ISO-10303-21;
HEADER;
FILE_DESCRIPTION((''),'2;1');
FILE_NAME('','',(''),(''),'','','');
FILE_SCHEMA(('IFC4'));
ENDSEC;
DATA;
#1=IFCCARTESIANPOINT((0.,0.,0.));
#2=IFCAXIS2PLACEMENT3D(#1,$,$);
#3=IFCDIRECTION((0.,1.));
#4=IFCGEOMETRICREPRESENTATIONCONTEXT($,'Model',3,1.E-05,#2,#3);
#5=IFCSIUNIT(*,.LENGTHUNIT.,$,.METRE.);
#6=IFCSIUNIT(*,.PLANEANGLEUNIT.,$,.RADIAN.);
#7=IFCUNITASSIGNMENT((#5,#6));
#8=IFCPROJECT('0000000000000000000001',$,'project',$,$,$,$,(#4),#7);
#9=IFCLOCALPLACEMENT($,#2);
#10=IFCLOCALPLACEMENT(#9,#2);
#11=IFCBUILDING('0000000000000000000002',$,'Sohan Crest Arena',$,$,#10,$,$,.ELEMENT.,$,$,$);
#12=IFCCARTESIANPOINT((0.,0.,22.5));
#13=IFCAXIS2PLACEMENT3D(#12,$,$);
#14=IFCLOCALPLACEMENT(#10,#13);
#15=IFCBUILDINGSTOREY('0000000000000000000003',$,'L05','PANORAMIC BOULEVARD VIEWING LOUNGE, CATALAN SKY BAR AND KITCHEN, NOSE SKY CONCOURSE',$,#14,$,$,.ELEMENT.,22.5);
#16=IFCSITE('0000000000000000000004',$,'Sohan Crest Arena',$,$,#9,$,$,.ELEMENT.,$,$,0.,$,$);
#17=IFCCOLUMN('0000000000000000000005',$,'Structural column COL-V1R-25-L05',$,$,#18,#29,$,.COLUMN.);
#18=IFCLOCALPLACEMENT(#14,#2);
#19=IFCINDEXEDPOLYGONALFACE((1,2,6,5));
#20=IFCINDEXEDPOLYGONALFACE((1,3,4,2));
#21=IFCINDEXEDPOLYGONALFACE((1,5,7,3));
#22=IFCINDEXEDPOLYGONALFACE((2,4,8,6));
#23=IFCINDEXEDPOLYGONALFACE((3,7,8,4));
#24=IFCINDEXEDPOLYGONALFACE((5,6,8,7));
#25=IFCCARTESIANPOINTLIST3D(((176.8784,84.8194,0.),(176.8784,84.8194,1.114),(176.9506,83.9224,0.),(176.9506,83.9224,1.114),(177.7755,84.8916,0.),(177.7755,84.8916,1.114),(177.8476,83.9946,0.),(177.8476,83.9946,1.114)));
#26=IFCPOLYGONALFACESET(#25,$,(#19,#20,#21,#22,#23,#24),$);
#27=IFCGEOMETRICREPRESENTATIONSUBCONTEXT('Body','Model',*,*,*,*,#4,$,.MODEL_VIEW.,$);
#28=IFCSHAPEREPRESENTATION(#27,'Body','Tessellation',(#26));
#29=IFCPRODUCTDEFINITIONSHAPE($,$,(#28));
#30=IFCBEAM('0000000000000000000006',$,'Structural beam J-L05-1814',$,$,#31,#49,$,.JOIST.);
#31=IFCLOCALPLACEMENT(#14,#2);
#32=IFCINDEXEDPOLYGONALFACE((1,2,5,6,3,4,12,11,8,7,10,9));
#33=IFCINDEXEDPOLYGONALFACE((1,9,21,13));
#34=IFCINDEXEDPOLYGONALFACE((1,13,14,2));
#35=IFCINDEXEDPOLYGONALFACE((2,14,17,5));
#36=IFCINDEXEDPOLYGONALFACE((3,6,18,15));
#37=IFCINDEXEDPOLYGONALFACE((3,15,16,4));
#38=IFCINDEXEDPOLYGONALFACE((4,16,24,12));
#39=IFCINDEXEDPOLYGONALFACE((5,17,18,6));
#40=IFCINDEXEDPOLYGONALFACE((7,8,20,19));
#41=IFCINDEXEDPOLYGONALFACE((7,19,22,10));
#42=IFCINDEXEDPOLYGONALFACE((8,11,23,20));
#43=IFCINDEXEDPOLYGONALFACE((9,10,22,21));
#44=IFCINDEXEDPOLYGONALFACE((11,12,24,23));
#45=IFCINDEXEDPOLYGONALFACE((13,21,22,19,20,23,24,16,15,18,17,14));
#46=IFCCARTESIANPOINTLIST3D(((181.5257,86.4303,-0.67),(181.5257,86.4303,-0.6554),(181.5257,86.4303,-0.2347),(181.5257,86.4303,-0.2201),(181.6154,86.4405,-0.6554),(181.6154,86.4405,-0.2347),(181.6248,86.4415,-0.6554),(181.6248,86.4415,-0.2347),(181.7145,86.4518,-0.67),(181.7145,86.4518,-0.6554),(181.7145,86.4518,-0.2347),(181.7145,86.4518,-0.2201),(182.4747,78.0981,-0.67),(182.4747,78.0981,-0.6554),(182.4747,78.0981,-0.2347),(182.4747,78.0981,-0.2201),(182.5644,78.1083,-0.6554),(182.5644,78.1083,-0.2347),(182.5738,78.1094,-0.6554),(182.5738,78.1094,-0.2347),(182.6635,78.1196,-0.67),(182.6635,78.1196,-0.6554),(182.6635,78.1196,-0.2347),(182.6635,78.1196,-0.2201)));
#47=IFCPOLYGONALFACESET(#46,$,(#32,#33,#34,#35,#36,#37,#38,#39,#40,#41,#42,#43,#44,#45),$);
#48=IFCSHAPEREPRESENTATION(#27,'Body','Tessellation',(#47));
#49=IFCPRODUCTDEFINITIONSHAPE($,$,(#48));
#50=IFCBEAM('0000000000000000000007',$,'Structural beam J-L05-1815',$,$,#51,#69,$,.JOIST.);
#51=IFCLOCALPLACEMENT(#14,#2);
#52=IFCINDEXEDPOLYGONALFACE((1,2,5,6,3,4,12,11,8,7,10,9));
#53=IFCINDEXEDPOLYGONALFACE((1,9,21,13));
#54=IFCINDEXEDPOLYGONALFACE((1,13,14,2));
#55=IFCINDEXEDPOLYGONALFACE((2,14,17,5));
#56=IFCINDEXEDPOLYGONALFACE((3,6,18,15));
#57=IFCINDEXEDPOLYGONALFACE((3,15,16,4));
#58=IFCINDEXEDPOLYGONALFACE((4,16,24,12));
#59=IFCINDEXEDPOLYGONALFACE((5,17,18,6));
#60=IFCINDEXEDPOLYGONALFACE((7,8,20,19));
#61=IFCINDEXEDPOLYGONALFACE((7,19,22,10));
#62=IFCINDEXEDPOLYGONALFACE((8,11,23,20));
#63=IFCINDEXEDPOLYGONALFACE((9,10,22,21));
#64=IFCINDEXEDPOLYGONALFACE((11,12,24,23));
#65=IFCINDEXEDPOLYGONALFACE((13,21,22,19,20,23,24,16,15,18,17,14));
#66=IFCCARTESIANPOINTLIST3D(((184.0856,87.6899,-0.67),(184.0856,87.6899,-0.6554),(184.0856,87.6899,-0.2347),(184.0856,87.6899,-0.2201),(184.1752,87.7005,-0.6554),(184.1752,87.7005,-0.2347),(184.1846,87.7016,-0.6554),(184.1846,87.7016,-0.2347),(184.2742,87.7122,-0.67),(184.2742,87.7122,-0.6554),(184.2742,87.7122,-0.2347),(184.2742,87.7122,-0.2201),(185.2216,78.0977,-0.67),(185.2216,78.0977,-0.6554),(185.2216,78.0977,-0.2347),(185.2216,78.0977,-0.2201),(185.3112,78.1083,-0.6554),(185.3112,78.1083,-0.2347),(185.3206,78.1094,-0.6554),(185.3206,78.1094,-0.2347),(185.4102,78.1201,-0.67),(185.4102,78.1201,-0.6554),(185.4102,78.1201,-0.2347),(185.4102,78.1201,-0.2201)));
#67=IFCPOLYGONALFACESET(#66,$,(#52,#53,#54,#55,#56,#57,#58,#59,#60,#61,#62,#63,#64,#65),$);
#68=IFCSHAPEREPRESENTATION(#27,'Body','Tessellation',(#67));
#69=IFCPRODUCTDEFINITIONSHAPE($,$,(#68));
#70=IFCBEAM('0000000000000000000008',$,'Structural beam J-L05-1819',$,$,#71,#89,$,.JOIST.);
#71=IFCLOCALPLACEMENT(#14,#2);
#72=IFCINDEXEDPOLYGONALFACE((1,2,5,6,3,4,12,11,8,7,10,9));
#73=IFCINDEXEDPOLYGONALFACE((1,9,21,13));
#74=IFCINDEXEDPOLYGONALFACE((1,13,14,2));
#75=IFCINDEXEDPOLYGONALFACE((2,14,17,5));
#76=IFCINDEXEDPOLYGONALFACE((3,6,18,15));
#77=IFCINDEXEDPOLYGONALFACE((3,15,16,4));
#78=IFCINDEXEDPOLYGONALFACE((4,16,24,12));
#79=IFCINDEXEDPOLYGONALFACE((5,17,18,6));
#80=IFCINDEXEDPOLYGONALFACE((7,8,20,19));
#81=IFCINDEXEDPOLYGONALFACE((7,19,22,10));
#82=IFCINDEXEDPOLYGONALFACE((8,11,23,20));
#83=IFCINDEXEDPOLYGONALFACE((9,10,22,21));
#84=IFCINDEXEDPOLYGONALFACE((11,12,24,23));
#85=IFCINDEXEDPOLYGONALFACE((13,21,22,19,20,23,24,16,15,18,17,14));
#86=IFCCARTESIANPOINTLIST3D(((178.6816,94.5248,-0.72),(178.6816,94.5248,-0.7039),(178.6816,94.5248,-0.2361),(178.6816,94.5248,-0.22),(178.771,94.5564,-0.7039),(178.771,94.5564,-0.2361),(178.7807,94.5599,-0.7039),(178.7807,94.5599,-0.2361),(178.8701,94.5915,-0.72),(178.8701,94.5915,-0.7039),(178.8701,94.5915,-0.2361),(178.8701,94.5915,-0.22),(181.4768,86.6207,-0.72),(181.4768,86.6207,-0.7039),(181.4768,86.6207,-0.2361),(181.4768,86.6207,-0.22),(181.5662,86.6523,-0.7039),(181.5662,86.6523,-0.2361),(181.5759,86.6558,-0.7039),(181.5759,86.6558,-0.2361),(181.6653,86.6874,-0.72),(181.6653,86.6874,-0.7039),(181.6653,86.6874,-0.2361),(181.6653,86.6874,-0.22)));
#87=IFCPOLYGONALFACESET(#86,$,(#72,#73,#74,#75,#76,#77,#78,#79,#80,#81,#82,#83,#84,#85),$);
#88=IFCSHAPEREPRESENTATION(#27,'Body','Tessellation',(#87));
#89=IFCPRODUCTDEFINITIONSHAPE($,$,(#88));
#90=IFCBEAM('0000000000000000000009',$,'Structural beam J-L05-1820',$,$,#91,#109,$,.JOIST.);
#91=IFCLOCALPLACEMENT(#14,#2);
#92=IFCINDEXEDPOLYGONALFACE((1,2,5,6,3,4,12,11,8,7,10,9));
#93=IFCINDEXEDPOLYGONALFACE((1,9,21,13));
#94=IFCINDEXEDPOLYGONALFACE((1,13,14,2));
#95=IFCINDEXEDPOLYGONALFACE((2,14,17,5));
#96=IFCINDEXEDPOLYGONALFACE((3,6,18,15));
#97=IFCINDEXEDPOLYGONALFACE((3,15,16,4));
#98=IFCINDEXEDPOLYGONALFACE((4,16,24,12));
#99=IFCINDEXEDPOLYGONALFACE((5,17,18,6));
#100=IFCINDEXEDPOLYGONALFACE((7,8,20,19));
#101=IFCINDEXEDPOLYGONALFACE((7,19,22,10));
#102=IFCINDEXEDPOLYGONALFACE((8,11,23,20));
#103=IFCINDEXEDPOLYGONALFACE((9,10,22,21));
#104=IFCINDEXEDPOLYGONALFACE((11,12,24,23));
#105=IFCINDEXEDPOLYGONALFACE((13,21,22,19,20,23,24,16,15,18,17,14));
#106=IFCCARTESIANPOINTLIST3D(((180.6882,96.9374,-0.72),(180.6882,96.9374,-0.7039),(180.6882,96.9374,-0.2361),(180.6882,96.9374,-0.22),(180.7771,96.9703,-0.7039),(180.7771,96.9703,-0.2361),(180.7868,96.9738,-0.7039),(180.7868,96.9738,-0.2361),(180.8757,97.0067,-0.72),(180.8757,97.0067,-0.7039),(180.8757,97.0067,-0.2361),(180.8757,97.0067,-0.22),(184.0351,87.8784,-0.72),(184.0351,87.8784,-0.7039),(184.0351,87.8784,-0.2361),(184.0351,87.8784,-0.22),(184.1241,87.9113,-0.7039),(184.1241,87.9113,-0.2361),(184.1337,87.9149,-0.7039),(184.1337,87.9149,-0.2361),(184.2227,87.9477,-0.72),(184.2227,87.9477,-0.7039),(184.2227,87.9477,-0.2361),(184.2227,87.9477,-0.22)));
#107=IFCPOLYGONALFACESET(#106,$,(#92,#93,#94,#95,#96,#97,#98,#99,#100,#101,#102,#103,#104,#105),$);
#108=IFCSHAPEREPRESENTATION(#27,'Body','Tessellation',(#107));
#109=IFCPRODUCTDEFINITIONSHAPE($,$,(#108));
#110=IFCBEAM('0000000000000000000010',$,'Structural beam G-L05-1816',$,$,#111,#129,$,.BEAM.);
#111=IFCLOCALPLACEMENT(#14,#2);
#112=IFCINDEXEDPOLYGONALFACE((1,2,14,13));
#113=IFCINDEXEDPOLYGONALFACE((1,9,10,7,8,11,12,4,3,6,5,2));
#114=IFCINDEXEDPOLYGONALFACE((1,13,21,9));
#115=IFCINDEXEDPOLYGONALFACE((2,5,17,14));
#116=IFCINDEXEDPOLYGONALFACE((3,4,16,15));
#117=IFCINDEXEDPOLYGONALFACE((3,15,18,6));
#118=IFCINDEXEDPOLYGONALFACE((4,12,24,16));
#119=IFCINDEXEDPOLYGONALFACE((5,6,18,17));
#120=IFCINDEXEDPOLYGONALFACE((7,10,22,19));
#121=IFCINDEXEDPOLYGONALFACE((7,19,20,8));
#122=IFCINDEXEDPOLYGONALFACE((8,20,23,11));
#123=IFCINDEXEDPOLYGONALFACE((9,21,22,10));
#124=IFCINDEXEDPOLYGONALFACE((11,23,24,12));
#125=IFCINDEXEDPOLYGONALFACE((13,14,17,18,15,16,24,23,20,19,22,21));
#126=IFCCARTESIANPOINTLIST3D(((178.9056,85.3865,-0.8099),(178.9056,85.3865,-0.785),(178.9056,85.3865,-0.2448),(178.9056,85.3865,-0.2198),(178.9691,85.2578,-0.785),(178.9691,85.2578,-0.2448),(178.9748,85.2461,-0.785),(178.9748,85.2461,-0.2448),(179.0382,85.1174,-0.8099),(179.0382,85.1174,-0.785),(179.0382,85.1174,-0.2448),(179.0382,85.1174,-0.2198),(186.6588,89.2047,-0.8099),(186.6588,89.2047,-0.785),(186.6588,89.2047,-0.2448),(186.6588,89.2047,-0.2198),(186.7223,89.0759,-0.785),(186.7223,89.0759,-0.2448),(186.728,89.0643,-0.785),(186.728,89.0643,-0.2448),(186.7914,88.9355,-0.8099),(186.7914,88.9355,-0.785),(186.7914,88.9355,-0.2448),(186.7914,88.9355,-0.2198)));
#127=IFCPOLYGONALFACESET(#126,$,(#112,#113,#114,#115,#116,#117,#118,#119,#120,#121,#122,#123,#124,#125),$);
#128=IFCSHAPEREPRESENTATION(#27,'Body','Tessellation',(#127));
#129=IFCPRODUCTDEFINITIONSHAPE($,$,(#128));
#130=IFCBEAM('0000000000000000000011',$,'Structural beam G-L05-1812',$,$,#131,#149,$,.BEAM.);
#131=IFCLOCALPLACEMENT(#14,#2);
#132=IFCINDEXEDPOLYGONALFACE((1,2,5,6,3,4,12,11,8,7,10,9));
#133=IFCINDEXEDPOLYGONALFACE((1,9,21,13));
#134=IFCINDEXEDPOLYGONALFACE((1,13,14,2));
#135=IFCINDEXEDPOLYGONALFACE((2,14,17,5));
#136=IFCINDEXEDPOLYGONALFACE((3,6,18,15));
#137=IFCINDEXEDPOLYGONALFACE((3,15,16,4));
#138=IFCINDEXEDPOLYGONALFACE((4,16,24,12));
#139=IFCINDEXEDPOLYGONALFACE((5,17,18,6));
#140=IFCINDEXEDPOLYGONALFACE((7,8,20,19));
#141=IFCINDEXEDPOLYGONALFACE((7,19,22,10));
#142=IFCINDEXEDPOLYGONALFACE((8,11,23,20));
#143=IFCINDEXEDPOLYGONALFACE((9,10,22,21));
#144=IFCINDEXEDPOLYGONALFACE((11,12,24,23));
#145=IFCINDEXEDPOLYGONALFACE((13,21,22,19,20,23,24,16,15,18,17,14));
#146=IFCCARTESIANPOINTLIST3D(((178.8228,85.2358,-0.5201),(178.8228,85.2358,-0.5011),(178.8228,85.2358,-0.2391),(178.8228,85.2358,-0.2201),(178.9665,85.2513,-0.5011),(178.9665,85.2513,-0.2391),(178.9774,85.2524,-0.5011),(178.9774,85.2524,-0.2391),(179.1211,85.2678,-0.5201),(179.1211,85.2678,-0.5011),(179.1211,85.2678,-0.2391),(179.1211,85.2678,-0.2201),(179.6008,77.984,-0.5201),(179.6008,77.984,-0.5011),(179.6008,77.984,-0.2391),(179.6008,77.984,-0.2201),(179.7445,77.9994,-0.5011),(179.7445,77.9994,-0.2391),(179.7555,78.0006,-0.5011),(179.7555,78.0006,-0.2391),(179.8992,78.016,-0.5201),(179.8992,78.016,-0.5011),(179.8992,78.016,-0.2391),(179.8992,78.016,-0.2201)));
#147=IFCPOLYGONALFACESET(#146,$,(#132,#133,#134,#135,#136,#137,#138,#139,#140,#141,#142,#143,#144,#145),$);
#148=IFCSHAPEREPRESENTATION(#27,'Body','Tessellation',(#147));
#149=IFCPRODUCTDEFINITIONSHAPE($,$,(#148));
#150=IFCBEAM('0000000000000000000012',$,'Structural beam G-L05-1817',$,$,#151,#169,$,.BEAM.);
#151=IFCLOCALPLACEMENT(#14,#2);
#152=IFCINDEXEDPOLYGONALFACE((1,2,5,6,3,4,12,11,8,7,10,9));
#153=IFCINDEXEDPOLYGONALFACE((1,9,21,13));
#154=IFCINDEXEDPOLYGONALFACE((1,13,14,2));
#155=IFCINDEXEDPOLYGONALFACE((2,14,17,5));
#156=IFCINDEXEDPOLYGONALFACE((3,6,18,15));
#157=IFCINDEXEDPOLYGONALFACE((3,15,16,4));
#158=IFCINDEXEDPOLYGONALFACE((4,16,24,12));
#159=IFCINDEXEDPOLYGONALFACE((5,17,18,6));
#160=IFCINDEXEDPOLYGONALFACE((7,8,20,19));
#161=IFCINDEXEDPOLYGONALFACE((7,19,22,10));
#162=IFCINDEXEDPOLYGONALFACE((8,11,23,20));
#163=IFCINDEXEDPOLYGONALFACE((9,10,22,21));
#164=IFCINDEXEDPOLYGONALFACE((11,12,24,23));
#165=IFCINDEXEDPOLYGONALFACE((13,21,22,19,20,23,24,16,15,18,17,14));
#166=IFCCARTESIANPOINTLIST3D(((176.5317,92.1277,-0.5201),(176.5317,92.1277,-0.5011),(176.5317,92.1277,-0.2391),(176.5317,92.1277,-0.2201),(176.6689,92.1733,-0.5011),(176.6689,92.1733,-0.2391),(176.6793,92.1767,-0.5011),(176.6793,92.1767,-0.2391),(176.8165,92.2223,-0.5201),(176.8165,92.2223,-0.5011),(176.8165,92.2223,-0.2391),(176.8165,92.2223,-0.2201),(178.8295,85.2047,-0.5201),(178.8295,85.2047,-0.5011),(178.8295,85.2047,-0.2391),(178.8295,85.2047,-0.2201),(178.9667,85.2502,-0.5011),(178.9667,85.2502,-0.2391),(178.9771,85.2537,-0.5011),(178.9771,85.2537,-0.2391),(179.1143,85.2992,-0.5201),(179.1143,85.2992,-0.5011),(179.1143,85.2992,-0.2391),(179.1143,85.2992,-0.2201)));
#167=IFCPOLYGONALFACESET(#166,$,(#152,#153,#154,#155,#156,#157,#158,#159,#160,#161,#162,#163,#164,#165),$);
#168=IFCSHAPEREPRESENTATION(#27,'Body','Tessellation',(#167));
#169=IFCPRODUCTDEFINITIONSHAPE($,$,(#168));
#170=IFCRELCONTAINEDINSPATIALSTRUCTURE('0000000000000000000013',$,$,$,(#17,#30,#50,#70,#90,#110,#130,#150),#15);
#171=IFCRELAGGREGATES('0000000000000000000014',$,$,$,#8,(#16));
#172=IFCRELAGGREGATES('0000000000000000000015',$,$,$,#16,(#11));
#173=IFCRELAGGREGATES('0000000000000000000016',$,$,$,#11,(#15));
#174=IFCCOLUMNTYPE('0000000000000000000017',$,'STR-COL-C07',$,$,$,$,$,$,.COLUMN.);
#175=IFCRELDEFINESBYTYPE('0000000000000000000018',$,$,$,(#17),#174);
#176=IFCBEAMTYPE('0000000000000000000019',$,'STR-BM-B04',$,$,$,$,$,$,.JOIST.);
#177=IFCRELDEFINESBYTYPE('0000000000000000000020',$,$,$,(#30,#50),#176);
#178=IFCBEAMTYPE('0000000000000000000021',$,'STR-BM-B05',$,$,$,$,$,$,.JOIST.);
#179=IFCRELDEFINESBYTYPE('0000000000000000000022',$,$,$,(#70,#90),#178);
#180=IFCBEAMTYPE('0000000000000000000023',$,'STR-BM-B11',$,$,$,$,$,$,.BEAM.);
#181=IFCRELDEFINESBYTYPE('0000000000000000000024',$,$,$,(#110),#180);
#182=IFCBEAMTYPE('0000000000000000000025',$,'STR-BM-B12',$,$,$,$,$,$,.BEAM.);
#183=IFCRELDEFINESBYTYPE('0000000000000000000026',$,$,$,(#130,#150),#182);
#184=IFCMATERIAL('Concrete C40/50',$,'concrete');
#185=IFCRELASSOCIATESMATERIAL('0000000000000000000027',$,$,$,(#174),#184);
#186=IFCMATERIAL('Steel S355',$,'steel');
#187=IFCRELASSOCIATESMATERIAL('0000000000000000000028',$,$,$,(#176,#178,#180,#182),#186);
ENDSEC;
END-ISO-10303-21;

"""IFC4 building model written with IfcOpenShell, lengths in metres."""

from ifc_helpers import new_model, si_unit, direction, frame, origin, origin_2d, place, context, subcontext, project, spatial, rectangle, i_section, extrude, material, material_profile, profile_set, type_object, element, save


model = new_model("IFC4")

# Units and contexts
model_context = context("Model", 3, precision=1e-05, world=origin(), true_north=direction((0.0, 1.0)))
body_context = subcontext(model_context, "Body", "Model", "MODEL_VIEW")
ifc_project = project(units=[si_unit("LENGTHUNIT", "METRE"), si_unit("PLANEANGLEUNIT", "RADIAN")], contexts=[model_context])

# Site, building, storey
site_placement = place(None, origin())
site = spatial("IfcSite", under=ifc_project, at=site_placement, Name="Sohan Crest Arena", CompositionType="ELEMENT", RefElevation=0.0)
building_placement = place(site_placement, origin())
building = spatial("IfcBuilding", under=site, at=building_placement, Name="Sohan Crest Arena", CompositionType="ELEMENT")
storey_placement = place(building_placement, frame((0.0, 0.0, 22.5)))
storey = spatial("IfcBuildingStorey", under=building, at=storey_placement, Name="L05", Description="PANORAMIC BOULEVARD VIEWING LOUNGE, CATALAN SKY BAR AND KITCHEN, NOSE SKY CONCOURSE", CompositionType="ELEMENT", Elevation=22.5)

# Column
ifc_material_1 = material(Name="Concrete C40/50", Category="concrete")
ifc_material_profile_1 = material_profile(ifc_material_1, rectangle(XDim=0.8999, YDim=0.8999, at=origin_2d()), Name="RC 900x900")
ifc_profile_set_1 = profile_set([ifc_material_profile_1], Name="Concrete C40/50")
column_type = type_object("IfcColumnType", Name="STR-COL-C07", PredefinedType="COLUMN", material=ifc_profile_set_1)
column_placement = place(storey_placement, frame((177.363, 84.407, 0.0), z_axis=(0.0, 0.0, 1.0), x_axis=(0.996779, 0.080199, 0.0)))
element("IfcColumn", 1, at=column_placement, inside=storey, type_object=column_type, Name="Structural column COL-V1R-25-L05", PredefinedType="COLUMN", context=body_context, shape_type="SweptSolid", body=[
    extrude(rectangle(XDim=0.8999, YDim=0.8999, at=origin_2d()), origin(), (0.0, 0.0, 1.0), 1.114),
])

# Beams
ifc_material_2 = material(Name="Steel S355", Category="steel")
ifc_material_profile_2 = material_profile(ifc_material_2, i_section(OverallWidth=0.1899, OverallDepth=0.45, WebThickness=0.0095, FlangeThickness=0.0146, at=origin_2d()), Name="IPE 450")
ifc_profile_set_2 = profile_set([ifc_material_profile_2], Name="Steel S355")
beam_type_1 = type_object("IfcBeamType", Name="STR-BM-B04", PredefinedType="JOIST", material=ifc_profile_set_2)
beam_1_placement = place(storey_placement, frame((182.5691, 78.1089, -0.4451), z_axis=(-0.113163, 0.993576, 0.0), x_axis=(-0.993576, -0.113163, 0.0)))
element("IfcBeam", 2, at=beam_1_placement, inside=storey, type_object=beam_type_1, Name="Structural beam J-L05-1814", PredefinedType="JOIST", context=body_context, shape_type="SweptSolid", body=[
    extrude(i_section(OverallWidth=0.1899, OverallDepth=0.45, WebThickness=0.0095, FlangeThickness=0.0146, at=origin_2d()), origin(), (0.0, 0.0, 1.0), 8.386),
])
beam_2_placement = place(storey_placement, frame((185.3159, 78.1089, -0.4451), z_axis=(-0.117608, 0.99306, 0.0), x_axis=(-0.99306, -0.117608, 0.0)))
element("IfcBeam", 3, at=beam_2_placement, inside=storey, type_object=beam_type_1, Name="Structural beam J-L05-1815", PredefinedType="JOIST", context=body_context, shape_type="SweptSolid", body=[
    extrude(i_section(OverallWidth=0.1899, OverallDepth=0.45, WebThickness=0.0095, FlangeThickness=0.0146, at=origin_2d()), origin(), (0.0, 0.0, 1.0), 9.6592),
])
ifc_material_profile_3 = material_profile(ifc_material_2, i_section(OverallWidth=0.2, OverallDepth=0.5, WebThickness=0.0103, FlangeThickness=0.0161, at=origin_2d()), Name="IPE 500")
ifc_profile_set_3 = profile_set([ifc_material_profile_3], Name="Steel S355")
beam_type_2 = type_object("IfcBeamType", Name="STR-BM-B05", PredefinedType="JOIST", material=ifc_profile_set_3)
beam_3_placement = place(storey_placement, frame((181.571, 86.6541, -0.47), z_axis=(-0.333403, 0.942784, 0.0), x_axis=(-0.942784, -0.333403, 0.0)))
element("IfcBeam", 4, at=beam_3_placement, inside=storey, type_object=beam_type_2, Name="Structural beam J-L05-1819", PredefinedType="JOIST", context=body_context, shape_type="SweptSolid", body=[
    extrude(i_section(OverallWidth=0.2, OverallDepth=0.5, WebThickness=0.0103, FlangeThickness=0.0161, at=origin_2d()), origin(), (0.0, 0.0, 1.0), 8.3838),
])
beam_4_placement = place(storey_placement, frame((184.1289, 87.9131, -0.47), z_axis=(-0.346567, 0.938025, 0.0), x_axis=(-0.938025, -0.346567, 0.0)))
element("IfcBeam", 5, at=beam_4_placement, inside=storey, type_object=beam_type_2, Name="Structural beam J-L05-1820", PredefinedType="JOIST", context=body_context, shape_type="SweptSolid", body=[
    extrude(i_section(OverallWidth=0.2, OverallDepth=0.5, WebThickness=0.0103, FlangeThickness=0.0161, at=origin_2d()), origin(), (0.0, 0.0, 1.0), 9.6575),
])
ifc_material_profile_4 = material_profile(ifc_material_2, i_section(OverallWidth=0.3, OverallDepth=0.5901, WebThickness=0.0129, FlangeThickness=0.0249, at=origin_2d()), Name="HEA 600")
ifc_profile_set_4 = profile_set([ifc_material_profile_4], Name="Steel S355")
beam_type_3 = type_object("IfcBeamType", Name="STR-BM-B11", PredefinedType="BEAM", material=ifc_profile_set_4)
beam_5_placement = place(storey_placement, frame((178.9719, 85.252, -0.5149), z_axis=(0.897117, 0.441793, 0.0), x_axis=(-0.441793, 0.897117, 0.0)))
element("IfcBeam", 6, at=beam_5_placement, inside=storey, type_object=beam_type_3, Name="Structural beam G-L05-1816", PredefinedType="BEAM", context=body_context, shape_type="SweptSolid", body=[
    extrude(i_section(OverallWidth=0.3, OverallDepth=0.5901, WebThickness=0.0129, FlangeThickness=0.0249, at=origin_2d()), origin(), (0.0, 0.0, 1.0), 8.6423),
])
ifc_material_profile_5 = material_profile(ifc_material_2, i_section(OverallWidth=0.3, OverallDepth=0.3, WebThickness=0.011, FlangeThickness=0.019, at=origin_2d()), Name="HEB 300")
ifc_profile_set_5 = profile_set([ifc_material_profile_5], Name="Steel S355")
beam_type_4 = type_object("IfcBeamType", Name="STR-BM-B12", PredefinedType="BEAM", material=ifc_profile_set_5)
beam_6_placement = place(storey_placement, frame((179.75, 78.0, -0.3701), z_axis=(-0.10668, 0.994293, 0.0), x_axis=(-0.994293, -0.10668, 0.0)))
element("IfcBeam", 7, at=beam_6_placement, inside=storey, type_object=beam_type_4, Name="Structural beam G-L05-1812", PredefinedType="BEAM", context=body_context, shape_type="SweptSolid", body=[
    extrude(i_section(OverallWidth=0.3, OverallDepth=0.3, WebThickness=0.011, FlangeThickness=0.019, at=origin_2d()), origin(), (0.0, 0.0, 1.0), 7.2935),
])
beam_7_placement = place(storey_placement, frame((178.9719, 85.252, -0.3701), z_axis=(-0.315013, 0.949087, 0.0), x_axis=(-0.949087, -0.315013, 0.0)))
element("IfcBeam", 8, at=beam_7_placement, inside=storey, type_object=beam_type_4, Name="Structural beam G-L05-1817", PredefinedType="BEAM", context=body_context, shape_type="SweptSolid", body=[
    extrude(i_section(OverallWidth=0.3, OverallDepth=0.3, WebThickness=0.011, FlangeThickness=0.019, at=origin_2d()), origin(), (0.0, 0.0, 1.0), 7.2944),
])

save(model, "model.ifc")
